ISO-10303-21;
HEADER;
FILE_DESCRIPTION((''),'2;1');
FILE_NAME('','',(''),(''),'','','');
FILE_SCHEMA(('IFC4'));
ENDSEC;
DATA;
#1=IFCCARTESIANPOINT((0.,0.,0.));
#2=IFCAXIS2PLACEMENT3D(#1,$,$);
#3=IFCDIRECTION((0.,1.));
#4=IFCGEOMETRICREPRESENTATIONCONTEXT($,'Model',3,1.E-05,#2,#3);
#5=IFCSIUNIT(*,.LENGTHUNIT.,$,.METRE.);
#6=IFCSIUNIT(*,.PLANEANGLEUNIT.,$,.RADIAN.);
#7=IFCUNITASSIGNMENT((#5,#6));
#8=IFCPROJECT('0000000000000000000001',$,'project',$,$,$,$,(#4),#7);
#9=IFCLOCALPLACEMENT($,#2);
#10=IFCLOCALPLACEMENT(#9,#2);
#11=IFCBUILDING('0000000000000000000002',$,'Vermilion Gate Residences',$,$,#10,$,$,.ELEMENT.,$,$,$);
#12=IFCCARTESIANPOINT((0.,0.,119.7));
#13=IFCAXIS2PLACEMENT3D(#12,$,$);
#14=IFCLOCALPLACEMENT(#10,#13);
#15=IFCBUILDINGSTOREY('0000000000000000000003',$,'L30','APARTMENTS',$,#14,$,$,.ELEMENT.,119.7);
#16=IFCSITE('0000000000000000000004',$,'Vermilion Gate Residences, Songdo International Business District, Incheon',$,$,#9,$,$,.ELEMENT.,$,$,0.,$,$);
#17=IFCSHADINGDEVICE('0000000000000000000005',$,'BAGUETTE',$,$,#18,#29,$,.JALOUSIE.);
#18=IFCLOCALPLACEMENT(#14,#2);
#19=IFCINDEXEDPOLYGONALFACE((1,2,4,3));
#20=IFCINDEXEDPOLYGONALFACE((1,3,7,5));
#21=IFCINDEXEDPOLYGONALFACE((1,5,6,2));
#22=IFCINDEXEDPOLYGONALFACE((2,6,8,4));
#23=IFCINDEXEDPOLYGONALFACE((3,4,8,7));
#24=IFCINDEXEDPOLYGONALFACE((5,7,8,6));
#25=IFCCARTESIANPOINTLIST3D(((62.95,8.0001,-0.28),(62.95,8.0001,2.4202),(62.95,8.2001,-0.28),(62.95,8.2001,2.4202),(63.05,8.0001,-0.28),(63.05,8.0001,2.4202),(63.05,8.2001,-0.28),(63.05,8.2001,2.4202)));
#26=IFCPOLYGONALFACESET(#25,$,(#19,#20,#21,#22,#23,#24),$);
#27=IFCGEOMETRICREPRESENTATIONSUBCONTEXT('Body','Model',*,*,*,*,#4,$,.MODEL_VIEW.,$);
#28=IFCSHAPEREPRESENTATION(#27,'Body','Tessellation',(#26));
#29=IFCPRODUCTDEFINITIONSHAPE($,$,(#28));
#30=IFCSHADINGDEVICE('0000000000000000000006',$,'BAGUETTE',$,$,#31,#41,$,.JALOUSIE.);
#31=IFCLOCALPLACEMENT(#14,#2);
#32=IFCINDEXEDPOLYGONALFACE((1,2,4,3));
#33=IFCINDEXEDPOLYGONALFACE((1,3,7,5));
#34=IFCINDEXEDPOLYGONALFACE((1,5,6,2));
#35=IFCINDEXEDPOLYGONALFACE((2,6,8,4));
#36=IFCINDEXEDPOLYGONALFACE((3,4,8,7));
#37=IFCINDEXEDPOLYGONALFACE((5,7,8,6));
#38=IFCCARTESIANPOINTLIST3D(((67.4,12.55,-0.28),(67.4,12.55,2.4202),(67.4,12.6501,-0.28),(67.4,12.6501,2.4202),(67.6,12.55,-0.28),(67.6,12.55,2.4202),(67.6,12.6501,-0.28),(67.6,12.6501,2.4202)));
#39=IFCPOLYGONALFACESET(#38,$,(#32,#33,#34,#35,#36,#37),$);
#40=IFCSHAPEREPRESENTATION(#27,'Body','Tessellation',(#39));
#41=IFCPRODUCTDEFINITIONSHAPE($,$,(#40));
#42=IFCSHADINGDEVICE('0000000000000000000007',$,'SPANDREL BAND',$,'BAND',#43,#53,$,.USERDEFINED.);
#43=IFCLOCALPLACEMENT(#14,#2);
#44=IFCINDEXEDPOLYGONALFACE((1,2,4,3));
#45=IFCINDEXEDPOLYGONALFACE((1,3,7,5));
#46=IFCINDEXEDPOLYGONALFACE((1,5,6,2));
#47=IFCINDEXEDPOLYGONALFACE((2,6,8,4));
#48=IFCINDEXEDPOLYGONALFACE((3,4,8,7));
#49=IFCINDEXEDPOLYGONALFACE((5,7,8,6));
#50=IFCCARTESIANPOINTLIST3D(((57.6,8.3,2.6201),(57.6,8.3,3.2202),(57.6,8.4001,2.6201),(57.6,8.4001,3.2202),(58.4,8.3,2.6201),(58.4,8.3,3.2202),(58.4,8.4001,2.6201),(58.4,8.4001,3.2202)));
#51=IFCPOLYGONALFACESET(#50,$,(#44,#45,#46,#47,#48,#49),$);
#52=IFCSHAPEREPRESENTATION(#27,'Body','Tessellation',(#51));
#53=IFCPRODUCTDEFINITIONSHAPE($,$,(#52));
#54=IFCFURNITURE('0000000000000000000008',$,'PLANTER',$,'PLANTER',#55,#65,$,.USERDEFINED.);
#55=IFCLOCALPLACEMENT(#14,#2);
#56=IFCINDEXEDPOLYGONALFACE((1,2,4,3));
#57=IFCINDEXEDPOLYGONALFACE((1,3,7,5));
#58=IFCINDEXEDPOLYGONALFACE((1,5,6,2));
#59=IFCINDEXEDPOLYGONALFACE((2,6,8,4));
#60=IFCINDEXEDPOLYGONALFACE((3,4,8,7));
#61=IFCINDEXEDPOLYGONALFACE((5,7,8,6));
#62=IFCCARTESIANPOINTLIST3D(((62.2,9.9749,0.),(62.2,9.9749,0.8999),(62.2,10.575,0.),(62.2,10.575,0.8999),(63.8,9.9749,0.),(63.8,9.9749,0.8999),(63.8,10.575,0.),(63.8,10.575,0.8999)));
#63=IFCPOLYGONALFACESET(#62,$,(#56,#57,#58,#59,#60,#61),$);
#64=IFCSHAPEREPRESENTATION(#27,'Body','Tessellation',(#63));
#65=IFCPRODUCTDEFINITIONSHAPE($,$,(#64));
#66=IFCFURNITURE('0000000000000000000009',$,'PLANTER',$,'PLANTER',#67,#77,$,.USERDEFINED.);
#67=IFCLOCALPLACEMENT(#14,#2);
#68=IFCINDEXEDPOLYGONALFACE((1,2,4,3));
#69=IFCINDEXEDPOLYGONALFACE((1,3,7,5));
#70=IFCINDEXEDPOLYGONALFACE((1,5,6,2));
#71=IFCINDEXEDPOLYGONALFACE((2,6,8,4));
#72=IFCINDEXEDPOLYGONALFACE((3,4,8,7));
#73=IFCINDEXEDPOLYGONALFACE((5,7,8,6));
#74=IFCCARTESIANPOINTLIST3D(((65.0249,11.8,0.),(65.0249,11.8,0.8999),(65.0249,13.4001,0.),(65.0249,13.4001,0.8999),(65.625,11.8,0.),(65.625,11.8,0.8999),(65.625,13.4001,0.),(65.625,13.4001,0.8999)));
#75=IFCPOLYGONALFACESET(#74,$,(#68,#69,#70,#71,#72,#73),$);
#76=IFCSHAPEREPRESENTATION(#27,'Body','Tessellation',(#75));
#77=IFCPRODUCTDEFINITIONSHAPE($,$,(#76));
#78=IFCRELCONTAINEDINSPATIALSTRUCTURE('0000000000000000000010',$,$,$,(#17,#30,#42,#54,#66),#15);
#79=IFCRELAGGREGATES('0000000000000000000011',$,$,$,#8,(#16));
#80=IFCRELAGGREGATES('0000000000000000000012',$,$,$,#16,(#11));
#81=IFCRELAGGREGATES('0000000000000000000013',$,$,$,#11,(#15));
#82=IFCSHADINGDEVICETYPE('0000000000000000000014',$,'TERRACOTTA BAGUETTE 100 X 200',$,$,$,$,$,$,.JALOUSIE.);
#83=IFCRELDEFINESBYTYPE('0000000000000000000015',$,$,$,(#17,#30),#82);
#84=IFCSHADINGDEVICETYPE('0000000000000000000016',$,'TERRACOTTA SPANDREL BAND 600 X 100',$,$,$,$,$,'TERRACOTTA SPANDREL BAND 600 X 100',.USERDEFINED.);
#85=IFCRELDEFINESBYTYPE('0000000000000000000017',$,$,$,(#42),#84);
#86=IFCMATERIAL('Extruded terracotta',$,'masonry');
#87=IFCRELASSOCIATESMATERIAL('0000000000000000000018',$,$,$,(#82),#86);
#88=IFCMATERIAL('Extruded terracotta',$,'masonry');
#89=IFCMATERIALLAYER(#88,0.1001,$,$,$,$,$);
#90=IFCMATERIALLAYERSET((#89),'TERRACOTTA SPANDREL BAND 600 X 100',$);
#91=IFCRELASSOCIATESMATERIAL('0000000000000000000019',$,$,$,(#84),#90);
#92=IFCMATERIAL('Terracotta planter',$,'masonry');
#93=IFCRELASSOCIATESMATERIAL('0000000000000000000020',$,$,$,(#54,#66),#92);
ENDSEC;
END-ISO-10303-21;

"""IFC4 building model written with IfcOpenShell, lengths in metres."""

from ifc_helpers import new_model, si_unit, direction, frame, origin, origin_2d, place, context, subcontext, project, spatial, rectangle, extrude, material, layer, layer_set, material_profile, profile_set, type_object, element, save


model = new_model("IFC4")

# Units and contexts
model_context = context("Model", 3, precision=1e-05, world=origin(), true_north=direction((0.0, 1.0)))
body_context = subcontext(model_context, "Body", "Model", "MODEL_VIEW")
ifc_project = project(units=[si_unit("LENGTHUNIT", "METRE"), si_unit("PLANEANGLEUNIT", "RADIAN")], contexts=[model_context])

# Site, building, storey
site_placement = place(None, origin())
site = spatial("IfcSite", under=ifc_project, at=site_placement, Name="Vermilion Gate Residences, Songdo International Business District, Incheon", CompositionType="ELEMENT", RefElevation=0.0)
building_placement = place(site_placement, origin())
building = spatial("IfcBuilding", under=site, at=building_placement, Name="Vermilion Gate Residences", CompositionType="ELEMENT")
storey_placement = place(building_placement, frame((0.0, 0.0, 119.7)))
storey = spatial("IfcBuildingStorey", under=building, at=storey_placement, Name="L30", Description="APARTMENTS", CompositionType="ELEMENT", Elevation=119.7)

# Shading devices
ifc_material_1 = material(Name="Extruded terracotta", Category="masonry")
ifc_material_profile_1 = material_profile(ifc_material_1, rectangle(XDim=0.2, YDim=0.1001, at=origin_2d()), Name="BAGUETTE 100 X 200")
ifc_profile_set_1 = profile_set([ifc_material_profile_1], Name="Extruded terracotta")
shading_device_type_1 = type_object("IfcShadingDeviceType", Name="TERRACOTTA BAGUETTE 100 X 200", PredefinedType="JALOUSIE", material=ifc_profile_set_1)
for number, where, z_axis, x_axis, name in (
    (1, (63.0, 8.1001, -0.28), (0.0, 0.0, 1.0), (0.0, 1.0, 0.0), "BAGUETTE"),
    (2, (67.5, 12.6001, -0.28), (0.0, 0.0, 1.0), (-1.0, 0.0, 0.0), "BAGUETTE"),
):
    element("IfcShadingDevice", number, at=place(storey_placement, frame(where, z_axis=z_axis, x_axis=x_axis)), inside=storey, type_object=shading_device_type_1, Name=name, PredefinedType="JALOUSIE", context=body_context, shape_type="SweptSolid", body=[
        extrude(rectangle(XDim=0.2, YDim=0.1001, at=origin_2d()), origin(), (0.0, 0.0, 1.0), 2.7002),
    ])
ifc_material_2 = material(Name="Extruded terracotta", Category="masonry")
ifc_layer_1 = layer(ifc_material_2, 0.1001)
ifc_layer_set_1 = layer_set([ifc_layer_1], Name="TERRACOTTA SPANDREL BAND 600 X 100")
shading_device_type_2 = type_object("IfcShadingDeviceType", Name="TERRACOTTA SPANDREL BAND 600 X 100", ElementType="TERRACOTTA SPANDREL BAND 600 X 100", PredefinedType="USERDEFINED", material=ifc_layer_set_1)
shading_device_placement = place(storey_placement, frame((58.0, 8.3501, 2.6201), z_axis=(0.0, 0.0, 1.0), x_axis=(1.0, 0.0, 0.0)))
element("IfcShadingDevice", 3, at=shading_device_placement, inside=storey, type_object=shading_device_type_2, Name="SPANDREL BAND", ObjectType="BAND", PredefinedType="USERDEFINED", context=body_context, shape_type="SweptSolid", body=[
    extrude(rectangle(XDim=0.8, YDim=0.1001, at=origin_2d()), origin(), (0.0, 0.0, 1.0), 0.6001),
])

# Furniture
ifc_material_3 = material(Name="Terracotta planter", Category="masonry")
for number, where, z_axis, x_axis, name in (
    (4, (63.0, 10.2749, 0.0), (0.0, 0.0, 1.0), (1.0, 0.0, 0.0), "PLANTER"),
    (5, (65.325, 12.6001, 0.0), (0.0, 0.0, 1.0), (0.0, 1.0, 0.0), "PLANTER"),
):
    element("IfcFurniture", number, at=place(storey_placement, frame(where, z_axis=z_axis, x_axis=x_axis)), inside=storey, material=ifc_material_3, Name=name, ObjectType="PLANTER", PredefinedType="USERDEFINED", context=body_context, shape_type="SweptSolid", body=[
        extrude(rectangle(XDim=1.6001, YDim=0.6001, at=origin_2d()), origin(), (0.0, 0.0, 1.0), 0.8999),
    ])

save(model, "model.ifc")
